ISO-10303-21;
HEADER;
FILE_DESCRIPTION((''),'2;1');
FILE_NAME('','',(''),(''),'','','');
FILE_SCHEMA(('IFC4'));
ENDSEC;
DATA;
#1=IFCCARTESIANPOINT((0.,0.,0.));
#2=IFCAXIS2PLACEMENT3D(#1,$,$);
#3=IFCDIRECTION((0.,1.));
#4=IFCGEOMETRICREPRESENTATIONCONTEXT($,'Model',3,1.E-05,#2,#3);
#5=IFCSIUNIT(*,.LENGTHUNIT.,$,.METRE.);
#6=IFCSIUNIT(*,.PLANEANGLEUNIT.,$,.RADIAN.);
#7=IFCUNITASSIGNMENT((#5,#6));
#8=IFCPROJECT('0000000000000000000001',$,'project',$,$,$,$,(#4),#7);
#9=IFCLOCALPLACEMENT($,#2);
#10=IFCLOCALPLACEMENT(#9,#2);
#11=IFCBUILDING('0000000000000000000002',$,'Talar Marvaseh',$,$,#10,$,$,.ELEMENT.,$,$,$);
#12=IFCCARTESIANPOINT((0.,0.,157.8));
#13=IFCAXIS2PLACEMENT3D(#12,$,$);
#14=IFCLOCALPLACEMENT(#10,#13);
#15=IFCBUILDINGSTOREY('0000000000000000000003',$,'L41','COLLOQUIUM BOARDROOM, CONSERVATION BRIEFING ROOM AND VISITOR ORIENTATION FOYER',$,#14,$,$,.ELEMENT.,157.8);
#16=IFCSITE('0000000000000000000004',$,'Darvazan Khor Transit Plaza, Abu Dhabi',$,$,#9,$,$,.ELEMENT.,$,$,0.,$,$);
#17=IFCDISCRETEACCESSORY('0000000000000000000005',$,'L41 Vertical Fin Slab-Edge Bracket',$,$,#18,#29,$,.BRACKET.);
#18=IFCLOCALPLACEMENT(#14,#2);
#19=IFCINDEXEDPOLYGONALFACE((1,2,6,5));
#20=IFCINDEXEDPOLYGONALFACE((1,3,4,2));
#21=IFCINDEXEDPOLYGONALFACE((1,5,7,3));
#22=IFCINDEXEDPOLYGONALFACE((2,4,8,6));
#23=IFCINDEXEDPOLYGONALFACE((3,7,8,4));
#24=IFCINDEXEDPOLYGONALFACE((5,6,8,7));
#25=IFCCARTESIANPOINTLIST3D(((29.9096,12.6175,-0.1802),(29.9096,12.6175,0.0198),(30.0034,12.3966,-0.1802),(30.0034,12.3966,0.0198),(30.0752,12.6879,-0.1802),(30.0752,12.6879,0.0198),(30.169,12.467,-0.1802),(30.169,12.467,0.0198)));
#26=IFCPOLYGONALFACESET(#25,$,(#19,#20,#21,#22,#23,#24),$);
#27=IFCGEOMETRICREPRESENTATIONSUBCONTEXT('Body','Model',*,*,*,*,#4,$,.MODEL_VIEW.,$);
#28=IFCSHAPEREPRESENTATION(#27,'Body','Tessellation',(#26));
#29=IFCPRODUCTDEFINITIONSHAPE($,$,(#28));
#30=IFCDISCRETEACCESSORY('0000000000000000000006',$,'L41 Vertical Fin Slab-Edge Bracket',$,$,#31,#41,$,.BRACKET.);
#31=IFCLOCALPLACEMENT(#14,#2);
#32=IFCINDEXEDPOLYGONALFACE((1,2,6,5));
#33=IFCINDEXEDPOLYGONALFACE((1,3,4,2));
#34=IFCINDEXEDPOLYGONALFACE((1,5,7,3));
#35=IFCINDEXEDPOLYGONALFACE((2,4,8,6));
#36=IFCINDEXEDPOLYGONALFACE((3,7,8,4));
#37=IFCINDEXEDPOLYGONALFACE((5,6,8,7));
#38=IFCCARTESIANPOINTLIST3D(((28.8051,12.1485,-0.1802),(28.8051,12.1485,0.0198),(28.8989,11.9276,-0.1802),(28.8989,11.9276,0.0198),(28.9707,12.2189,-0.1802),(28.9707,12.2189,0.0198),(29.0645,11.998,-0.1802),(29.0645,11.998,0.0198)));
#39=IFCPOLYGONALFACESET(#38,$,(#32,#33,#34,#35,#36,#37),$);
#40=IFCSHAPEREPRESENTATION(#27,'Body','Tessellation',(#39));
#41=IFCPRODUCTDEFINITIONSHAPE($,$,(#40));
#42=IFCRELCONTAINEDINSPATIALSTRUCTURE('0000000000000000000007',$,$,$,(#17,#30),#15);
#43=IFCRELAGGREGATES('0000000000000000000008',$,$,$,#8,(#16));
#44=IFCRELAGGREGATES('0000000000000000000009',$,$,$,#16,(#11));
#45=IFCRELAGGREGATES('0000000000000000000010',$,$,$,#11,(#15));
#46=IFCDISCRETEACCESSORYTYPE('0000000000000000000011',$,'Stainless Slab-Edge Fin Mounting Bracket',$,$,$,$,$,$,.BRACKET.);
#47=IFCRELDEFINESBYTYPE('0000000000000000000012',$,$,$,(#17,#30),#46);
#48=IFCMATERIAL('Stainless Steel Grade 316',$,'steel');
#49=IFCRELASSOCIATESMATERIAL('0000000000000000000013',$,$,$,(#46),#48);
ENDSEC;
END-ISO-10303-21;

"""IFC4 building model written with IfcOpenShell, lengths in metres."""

from ifc_helpers import new_model, si_unit, direction, frame, origin, origin_2d, place, context, subcontext, project, spatial, rectangle, extrude, source, transform, mapped, material, type_object, type_shapes, element, save


model = new_model("IFC4")

# Units and contexts
model_context = context("Model", 3, precision=1e-05, world=origin(), true_north=direction((0.0, 1.0)))
body_context = subcontext(model_context, "Body", "Model", "MODEL_VIEW")
ifc_project = project(units=[si_unit("LENGTHUNIT", "METRE"), si_unit("PLANEANGLEUNIT", "RADIAN")], contexts=[model_context])

# Site, building, storey
site_placement = place(None, origin())
site = spatial("IfcSite", under=ifc_project, at=site_placement, Name="Darvazan Khor Transit Plaza, Abu Dhabi", CompositionType="ELEMENT", RefElevation=0.0)
building_placement = place(site_placement, origin())
building = spatial("IfcBuilding", under=site, at=building_placement, Name="Talar Marvaseh", CompositionType="ELEMENT")
storey_placement = place(building_placement, frame((0.0, 0.0, 157.8)))
storey = spatial("IfcBuildingStorey", under=building, at=storey_placement, Name="L41", Description="COLLOQUIUM BOARDROOM, CONSERVATION BRIEFING ROOM AND VISITOR ORIENTATION FOYER", CompositionType="ELEMENT", Elevation=157.8)

# Shared definitions
ifc_material_1 = material(Name="Stainless Steel Grade 316", Category="steel")

# Discrete accessories
discrete_accessory_type = type_object("IfcDiscreteAccessoryType", Name="Stainless Slab-Edge Fin Mounting Bracket", PredefinedType="BRACKET", material=ifc_material_1)
shared_shape_1 = source(origin(), body_context, "Body", "SweptSolid", [
    extrude(rectangle(XDim=0.24, YDim=0.1799, at=origin_2d()), origin(), (0.0, 0.0, 1.0), 0.2),
])
type_shapes(discrete_accessory_type, [shared_shape_1])
for number, where, z_axis, x_axis, name in (
    (1, (30.0393, 12.5422, -0.1802), (0.0, 0.0, 1.0), (0.390892, -0.920437, 0.0), "L41 Vertical Fin Slab-Edge Bracket"),
    (2, (28.9348, 12.0732, -0.1802), (0.0, 0.0, 1.0), (0.390892, -0.920437, 0.0), "L41 Vertical Fin Slab-Edge Bracket"),
):
    element("IfcDiscreteAccessory", number, at=place(storey_placement, frame(where, z_axis=z_axis, x_axis=x_axis)), inside=storey, type_object=discrete_accessory_type, Name=name, PredefinedType="BRACKET", context=body_context, shape_type="MappedRepresentation", body=[
        mapped(shared_shape_1, transform((0.0, 0.0, 0.0), x_axis=(1.0, 0.0, 0.0), y_axis=(0.0, 1.0, 0.0), z_axis=(0.0, 0.0, 1.0), scale=1.0)),
    ])

save(model, "model.ifc")
